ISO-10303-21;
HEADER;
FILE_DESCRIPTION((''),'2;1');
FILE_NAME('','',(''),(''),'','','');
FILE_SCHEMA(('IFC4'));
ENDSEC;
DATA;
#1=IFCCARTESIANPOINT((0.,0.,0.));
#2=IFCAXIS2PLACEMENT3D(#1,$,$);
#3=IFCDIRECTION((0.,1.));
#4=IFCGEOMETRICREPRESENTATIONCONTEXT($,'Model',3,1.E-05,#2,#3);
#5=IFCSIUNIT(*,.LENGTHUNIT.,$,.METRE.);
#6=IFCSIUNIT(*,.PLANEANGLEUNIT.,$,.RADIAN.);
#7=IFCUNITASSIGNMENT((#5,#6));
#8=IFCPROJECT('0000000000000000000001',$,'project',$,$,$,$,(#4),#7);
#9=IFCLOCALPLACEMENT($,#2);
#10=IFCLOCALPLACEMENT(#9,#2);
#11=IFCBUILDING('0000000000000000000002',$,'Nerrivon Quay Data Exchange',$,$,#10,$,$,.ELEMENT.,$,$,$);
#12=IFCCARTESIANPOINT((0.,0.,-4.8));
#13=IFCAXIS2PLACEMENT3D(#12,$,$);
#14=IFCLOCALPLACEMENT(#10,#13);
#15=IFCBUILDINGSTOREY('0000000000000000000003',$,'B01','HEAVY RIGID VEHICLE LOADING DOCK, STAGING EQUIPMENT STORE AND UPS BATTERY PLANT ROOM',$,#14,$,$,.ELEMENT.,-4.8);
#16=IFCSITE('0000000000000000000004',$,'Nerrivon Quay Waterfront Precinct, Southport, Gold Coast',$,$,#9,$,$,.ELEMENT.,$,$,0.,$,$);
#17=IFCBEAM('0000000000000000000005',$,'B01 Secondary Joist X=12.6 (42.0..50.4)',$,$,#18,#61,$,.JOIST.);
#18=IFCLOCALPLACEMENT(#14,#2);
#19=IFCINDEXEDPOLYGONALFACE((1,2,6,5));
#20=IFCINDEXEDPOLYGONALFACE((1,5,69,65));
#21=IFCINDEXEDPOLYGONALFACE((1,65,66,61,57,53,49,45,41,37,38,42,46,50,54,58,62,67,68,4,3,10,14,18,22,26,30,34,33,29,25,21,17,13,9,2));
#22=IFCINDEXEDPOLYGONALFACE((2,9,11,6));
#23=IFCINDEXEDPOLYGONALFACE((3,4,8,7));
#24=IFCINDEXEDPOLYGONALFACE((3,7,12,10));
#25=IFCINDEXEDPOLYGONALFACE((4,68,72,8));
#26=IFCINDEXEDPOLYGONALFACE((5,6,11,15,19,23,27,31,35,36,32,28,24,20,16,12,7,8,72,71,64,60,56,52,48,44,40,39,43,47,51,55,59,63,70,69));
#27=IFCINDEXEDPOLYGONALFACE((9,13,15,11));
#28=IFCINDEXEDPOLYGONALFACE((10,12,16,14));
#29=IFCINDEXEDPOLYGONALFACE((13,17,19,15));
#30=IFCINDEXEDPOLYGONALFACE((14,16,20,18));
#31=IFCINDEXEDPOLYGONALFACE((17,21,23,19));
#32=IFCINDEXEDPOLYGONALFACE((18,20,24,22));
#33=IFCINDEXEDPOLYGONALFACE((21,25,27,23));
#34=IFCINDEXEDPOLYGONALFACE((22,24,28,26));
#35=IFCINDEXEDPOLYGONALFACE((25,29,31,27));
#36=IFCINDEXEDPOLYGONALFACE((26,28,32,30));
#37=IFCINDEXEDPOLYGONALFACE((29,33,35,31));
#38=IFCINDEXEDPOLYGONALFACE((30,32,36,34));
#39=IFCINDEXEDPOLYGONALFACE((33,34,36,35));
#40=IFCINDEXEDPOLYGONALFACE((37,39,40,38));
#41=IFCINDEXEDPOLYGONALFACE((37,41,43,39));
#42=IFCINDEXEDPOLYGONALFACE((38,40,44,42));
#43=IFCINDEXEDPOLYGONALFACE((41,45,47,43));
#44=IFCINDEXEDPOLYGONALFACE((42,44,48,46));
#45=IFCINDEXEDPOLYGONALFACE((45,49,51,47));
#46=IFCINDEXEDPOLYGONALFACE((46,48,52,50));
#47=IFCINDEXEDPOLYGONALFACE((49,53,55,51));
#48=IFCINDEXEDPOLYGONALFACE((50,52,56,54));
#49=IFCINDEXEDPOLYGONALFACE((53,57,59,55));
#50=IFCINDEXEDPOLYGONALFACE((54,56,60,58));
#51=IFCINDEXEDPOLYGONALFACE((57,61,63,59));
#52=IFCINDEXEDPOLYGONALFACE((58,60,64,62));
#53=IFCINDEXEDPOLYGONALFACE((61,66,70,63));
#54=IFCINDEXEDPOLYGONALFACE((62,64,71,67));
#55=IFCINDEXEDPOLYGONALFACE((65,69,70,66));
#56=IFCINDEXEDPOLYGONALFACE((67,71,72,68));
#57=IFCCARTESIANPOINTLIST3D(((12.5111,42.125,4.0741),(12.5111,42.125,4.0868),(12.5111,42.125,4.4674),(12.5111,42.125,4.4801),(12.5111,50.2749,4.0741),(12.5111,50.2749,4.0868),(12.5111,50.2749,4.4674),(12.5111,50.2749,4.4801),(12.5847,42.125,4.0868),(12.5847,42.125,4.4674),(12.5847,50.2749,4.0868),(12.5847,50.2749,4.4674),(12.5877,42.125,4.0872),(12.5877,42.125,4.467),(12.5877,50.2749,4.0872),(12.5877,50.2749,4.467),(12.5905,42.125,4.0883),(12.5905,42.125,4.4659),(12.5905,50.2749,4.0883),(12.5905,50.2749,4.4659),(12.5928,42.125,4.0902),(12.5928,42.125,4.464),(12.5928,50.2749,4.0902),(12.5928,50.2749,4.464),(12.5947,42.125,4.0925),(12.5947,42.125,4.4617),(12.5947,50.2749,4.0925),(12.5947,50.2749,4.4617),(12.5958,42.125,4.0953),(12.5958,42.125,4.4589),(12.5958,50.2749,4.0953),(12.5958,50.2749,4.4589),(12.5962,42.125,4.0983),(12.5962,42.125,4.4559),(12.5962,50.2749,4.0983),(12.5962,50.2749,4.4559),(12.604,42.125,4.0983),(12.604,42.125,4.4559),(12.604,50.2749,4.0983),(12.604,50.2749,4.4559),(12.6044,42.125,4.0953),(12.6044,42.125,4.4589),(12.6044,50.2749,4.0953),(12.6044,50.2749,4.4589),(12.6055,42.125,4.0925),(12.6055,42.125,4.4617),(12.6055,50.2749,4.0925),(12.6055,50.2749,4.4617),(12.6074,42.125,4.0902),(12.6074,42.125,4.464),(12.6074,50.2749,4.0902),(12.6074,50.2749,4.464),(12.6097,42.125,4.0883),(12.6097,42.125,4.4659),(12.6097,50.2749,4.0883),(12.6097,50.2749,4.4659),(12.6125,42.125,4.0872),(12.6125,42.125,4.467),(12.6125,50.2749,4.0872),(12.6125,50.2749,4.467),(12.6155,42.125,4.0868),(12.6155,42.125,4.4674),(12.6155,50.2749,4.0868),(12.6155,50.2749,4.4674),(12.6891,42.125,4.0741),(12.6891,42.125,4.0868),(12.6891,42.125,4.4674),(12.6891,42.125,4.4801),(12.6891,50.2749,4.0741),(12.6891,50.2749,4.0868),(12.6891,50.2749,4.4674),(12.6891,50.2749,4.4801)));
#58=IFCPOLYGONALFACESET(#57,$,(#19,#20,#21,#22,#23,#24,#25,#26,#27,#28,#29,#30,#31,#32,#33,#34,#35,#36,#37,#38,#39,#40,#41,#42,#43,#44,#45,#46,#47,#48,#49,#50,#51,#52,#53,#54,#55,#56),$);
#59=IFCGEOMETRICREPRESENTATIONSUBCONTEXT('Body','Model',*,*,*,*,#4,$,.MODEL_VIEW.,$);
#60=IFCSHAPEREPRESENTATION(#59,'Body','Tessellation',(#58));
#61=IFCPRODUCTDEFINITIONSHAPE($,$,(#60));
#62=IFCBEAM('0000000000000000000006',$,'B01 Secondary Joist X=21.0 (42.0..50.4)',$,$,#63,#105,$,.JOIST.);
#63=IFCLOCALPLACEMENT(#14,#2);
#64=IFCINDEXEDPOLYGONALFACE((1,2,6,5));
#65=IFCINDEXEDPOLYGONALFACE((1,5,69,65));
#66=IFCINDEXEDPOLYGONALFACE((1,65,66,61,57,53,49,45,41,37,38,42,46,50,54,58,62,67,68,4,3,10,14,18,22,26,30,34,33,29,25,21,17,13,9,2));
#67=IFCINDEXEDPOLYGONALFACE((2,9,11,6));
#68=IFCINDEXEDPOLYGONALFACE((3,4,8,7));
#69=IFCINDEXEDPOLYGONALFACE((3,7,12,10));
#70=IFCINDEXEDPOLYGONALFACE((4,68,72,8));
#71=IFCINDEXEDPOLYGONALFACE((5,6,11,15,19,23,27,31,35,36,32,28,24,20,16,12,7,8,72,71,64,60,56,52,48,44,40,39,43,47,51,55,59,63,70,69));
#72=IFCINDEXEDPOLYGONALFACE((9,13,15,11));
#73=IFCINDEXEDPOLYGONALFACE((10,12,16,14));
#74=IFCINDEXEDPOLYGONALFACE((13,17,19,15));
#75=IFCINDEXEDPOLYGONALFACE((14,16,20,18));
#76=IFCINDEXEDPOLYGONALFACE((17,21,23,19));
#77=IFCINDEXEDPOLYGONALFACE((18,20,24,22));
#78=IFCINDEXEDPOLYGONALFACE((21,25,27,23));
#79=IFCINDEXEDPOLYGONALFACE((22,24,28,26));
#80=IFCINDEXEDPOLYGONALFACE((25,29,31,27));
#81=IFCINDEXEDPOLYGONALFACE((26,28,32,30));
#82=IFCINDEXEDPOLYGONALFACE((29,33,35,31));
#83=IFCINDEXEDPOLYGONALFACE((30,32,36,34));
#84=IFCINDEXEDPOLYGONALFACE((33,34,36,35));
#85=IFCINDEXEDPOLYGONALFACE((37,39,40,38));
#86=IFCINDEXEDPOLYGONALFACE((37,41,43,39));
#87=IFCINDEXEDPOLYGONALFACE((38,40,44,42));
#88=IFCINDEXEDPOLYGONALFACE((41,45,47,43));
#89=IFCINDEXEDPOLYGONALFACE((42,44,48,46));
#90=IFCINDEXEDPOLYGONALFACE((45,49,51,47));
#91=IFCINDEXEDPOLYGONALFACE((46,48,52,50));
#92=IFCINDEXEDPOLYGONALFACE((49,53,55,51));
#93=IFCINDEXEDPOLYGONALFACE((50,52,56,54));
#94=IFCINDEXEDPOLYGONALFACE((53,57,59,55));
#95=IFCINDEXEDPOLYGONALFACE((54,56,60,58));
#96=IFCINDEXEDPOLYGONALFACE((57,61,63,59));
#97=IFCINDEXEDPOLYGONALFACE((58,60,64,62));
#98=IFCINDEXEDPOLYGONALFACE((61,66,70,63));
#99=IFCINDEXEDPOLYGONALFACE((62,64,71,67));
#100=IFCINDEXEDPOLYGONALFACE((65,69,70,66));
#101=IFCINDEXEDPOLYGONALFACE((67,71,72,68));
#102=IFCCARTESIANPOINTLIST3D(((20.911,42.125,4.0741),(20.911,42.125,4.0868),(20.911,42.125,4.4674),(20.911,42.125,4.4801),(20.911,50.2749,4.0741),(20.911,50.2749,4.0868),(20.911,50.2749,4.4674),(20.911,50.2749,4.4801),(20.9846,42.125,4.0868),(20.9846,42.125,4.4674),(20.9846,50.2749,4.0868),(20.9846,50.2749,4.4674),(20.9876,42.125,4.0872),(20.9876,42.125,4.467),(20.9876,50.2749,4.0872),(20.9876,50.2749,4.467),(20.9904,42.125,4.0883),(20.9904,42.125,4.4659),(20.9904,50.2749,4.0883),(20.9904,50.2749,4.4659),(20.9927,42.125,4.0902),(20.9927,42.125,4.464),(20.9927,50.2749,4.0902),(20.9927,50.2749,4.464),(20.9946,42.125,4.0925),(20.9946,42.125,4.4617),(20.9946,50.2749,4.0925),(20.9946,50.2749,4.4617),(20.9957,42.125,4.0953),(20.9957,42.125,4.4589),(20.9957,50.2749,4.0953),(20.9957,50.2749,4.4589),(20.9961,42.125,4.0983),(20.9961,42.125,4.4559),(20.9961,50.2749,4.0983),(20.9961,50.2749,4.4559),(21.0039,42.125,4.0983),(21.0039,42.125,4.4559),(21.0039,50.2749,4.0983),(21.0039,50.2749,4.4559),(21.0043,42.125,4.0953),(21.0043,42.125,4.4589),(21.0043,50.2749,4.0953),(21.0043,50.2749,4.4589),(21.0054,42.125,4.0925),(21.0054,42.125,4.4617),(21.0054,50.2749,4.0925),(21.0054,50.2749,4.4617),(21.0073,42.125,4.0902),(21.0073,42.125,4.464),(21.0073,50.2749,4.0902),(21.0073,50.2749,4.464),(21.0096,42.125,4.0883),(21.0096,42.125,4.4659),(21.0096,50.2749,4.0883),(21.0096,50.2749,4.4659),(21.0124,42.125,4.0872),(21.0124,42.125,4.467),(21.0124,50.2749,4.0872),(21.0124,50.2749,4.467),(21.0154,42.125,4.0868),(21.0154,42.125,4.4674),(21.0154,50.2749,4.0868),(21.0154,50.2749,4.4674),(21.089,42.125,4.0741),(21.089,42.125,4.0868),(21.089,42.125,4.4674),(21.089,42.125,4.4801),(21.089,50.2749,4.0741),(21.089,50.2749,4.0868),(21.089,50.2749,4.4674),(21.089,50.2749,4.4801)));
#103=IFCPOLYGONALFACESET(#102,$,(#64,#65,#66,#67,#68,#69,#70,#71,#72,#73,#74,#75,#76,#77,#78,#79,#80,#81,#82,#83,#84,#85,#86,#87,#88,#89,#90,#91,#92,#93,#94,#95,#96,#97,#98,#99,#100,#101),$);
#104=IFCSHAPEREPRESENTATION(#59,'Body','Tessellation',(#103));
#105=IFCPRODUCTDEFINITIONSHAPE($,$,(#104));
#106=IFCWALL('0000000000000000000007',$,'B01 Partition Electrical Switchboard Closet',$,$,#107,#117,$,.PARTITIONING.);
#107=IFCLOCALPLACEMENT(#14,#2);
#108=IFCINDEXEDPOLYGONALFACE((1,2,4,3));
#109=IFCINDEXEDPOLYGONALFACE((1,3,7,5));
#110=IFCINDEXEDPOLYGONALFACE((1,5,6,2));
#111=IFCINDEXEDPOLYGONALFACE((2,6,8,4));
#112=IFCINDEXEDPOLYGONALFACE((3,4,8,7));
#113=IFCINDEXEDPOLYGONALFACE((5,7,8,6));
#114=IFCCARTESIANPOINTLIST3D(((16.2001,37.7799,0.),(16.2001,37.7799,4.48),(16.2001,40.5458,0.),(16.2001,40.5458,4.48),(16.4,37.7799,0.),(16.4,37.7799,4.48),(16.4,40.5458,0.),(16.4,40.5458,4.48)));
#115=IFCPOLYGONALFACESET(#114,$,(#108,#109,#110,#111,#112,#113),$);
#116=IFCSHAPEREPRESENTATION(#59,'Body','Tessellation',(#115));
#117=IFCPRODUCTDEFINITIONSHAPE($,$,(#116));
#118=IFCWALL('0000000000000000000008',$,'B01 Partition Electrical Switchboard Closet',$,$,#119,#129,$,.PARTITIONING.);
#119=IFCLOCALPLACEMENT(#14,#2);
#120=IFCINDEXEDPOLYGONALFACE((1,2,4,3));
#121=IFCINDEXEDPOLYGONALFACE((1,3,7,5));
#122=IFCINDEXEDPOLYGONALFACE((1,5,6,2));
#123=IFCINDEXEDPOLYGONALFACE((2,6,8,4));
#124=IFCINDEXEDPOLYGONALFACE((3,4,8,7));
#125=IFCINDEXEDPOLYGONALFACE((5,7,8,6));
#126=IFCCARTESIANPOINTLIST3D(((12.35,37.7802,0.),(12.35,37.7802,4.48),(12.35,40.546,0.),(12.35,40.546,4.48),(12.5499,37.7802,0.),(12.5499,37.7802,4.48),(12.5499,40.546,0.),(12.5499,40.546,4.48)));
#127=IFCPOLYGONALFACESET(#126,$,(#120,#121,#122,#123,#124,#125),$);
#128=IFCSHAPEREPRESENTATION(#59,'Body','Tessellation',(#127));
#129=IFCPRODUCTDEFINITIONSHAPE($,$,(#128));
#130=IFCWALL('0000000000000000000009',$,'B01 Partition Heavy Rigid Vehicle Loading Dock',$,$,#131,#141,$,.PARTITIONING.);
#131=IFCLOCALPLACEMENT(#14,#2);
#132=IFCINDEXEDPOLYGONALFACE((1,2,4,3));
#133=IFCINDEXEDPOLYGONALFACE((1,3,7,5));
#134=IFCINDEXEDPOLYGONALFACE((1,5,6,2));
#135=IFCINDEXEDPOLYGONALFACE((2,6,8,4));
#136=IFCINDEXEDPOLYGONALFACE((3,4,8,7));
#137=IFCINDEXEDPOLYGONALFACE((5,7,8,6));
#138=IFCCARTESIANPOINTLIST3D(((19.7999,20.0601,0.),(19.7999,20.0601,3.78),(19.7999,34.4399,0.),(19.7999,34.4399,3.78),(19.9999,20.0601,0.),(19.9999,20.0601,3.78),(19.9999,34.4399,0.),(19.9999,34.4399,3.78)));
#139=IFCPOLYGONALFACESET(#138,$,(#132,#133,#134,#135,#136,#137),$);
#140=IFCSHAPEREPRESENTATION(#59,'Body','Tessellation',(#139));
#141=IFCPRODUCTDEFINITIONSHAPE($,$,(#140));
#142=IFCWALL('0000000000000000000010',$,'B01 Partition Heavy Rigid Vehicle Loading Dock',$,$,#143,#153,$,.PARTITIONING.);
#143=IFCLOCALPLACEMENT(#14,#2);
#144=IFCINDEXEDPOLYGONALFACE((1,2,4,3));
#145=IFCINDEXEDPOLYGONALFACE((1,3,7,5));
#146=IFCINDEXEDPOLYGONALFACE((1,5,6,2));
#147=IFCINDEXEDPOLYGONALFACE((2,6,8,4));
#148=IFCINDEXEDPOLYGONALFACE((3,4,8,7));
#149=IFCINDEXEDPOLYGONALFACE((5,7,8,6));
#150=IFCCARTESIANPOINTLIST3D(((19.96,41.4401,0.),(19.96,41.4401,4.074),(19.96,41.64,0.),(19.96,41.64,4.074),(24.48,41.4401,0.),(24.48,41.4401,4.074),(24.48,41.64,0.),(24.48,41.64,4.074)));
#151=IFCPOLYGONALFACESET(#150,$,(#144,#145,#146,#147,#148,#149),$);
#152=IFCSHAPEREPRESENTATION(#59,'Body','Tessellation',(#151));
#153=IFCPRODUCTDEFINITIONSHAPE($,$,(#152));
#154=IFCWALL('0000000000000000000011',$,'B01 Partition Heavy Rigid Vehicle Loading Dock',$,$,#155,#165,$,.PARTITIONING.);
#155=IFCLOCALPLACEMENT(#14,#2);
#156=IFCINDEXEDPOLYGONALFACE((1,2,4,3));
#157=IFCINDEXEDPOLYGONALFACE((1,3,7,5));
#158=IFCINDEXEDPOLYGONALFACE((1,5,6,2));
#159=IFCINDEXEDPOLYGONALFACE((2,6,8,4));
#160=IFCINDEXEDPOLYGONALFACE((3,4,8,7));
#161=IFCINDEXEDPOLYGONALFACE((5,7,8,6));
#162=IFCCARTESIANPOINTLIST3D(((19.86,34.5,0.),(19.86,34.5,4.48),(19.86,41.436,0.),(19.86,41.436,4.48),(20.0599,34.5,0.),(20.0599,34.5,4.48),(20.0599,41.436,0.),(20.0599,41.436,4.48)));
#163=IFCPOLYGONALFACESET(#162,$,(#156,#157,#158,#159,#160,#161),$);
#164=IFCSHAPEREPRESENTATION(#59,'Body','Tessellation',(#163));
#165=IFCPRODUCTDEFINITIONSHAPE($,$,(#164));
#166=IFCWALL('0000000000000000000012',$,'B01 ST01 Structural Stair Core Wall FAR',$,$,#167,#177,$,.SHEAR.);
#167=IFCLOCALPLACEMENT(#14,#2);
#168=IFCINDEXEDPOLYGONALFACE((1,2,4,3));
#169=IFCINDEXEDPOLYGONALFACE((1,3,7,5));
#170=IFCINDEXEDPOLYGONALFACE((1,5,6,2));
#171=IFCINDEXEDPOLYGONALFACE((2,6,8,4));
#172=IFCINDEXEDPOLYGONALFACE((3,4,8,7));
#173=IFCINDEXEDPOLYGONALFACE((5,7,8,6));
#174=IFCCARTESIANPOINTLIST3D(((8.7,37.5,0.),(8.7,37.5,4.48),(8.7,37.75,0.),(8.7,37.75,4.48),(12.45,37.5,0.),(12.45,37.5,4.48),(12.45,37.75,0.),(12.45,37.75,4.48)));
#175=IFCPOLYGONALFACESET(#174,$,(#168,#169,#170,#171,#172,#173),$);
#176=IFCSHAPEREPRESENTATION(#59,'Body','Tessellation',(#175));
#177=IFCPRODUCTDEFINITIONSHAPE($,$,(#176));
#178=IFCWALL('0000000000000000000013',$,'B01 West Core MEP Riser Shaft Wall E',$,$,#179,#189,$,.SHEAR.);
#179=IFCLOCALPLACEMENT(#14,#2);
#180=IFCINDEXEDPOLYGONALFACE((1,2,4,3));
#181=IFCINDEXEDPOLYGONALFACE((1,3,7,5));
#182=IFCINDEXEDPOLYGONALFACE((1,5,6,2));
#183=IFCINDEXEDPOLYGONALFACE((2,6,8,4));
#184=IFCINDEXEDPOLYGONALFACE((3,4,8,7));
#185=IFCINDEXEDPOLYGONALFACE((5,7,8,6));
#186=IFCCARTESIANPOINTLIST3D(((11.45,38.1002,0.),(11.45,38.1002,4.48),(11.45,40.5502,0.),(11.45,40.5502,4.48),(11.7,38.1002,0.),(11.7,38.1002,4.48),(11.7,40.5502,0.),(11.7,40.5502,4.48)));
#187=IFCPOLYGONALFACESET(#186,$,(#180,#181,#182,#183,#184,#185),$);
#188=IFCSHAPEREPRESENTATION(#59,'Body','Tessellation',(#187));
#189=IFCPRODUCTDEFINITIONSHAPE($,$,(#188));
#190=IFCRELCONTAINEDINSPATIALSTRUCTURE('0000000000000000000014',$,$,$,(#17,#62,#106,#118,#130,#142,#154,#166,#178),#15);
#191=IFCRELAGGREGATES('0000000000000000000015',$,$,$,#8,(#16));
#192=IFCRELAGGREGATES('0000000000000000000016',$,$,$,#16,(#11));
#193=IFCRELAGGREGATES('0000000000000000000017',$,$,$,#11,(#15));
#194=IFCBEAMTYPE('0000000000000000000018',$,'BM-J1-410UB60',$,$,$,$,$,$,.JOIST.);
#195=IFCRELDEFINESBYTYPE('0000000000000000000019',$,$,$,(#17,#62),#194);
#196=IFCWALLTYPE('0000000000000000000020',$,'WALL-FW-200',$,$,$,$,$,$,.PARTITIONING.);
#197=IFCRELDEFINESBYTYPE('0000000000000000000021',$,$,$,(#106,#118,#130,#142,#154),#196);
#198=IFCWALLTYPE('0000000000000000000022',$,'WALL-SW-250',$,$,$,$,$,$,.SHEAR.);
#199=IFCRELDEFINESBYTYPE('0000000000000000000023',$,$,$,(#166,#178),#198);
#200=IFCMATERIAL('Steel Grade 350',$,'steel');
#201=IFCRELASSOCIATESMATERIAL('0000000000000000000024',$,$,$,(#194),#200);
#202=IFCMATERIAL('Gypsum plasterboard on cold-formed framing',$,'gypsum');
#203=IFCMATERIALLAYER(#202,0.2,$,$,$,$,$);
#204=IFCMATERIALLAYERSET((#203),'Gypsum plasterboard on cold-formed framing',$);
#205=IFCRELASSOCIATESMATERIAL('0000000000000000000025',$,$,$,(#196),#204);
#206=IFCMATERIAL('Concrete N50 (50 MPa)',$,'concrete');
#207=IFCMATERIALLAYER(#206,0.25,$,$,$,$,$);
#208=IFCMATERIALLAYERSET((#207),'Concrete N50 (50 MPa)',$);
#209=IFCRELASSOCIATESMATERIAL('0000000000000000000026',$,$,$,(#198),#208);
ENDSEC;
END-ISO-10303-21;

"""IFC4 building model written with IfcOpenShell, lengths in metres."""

from ifc_helpers import new_model, si_unit, direction, frame, frame_2d, origin, origin_2d, place, context, subcontext, project, spatial, rectangle, i_section, extrude, material, layer, layer_set, material_profile, profile_set, type_object, element, save


model = new_model("IFC4")

# Units and contexts
model_context = context("Model", 3, precision=1e-05, world=origin(), true_north=direction((0.0, 1.0)))
body_context = subcontext(model_context, "Body", "Model", "MODEL_VIEW")
ifc_project = project(units=[si_unit("LENGTHUNIT", "METRE"), si_unit("PLANEANGLEUNIT", "RADIAN")], contexts=[model_context])

# Site, building, storey
site_placement = place(None, origin())
site = spatial("IfcSite", under=ifc_project, at=site_placement, Name="Nerrivon Quay Waterfront Precinct, Southport, Gold Coast", CompositionType="ELEMENT", RefElevation=0.0)
building_placement = place(site_placement, origin())
building = spatial("IfcBuilding", under=site, at=building_placement, Name="Nerrivon Quay Data Exchange", CompositionType="ELEMENT")
storey_placement = place(building_placement, frame((0.0, 0.0, -4.8)))
storey = spatial("IfcBuildingStorey", under=building, at=storey_placement, Name="B01", Description="HEAVY RIGID VEHICLE LOADING DOCK, STAGING EQUIPMENT STORE AND UPS BATTERY PLANT ROOM", CompositionType="ELEMENT", Elevation=-4.8)

# Beams
ifc_material_1 = material(Name="Steel Grade 350", Category="steel")
ifc_material_profile_1 = material_profile(ifc_material_1, i_section(OverallWidth=0.178, OverallDepth=0.406, WebThickness=0.0078, FlangeThickness=0.0127, FilletRadius=0.0115, at=origin_2d()), Name="410UB59.7")
ifc_profile_set_1 = profile_set([ifc_material_profile_1], Name="Steel Grade 350")
beam_type_1 = type_object("IfcBeamType", Name="BM-J1-410UB60", PredefinedType="JOIST", material=ifc_profile_set_1)
for number, where, z_axis, x_axis, name in (
    (1, (12.6001, 42.125, 4.2771), (0.0, 1.0, 0.0), (-1.0, 0.0, 0.0), "B01 Secondary Joist X=12.6 (42.0..50.4)"),
    (2, (21.0, 42.125, 4.2771), (0.0, 1.0, 0.0), (-1.0, 0.0, 0.0), "B01 Secondary Joist X=21.0 (42.0..50.4)"),
):
    element("IfcBeam", number, at=place(storey_placement, frame(where, z_axis=z_axis, x_axis=x_axis)), inside=storey, type_object=beam_type_1, Name=name, PredefinedType="JOIST", context=body_context, shape_type="SweptSolid", body=[
        extrude(i_section(OverallWidth=0.178, OverallDepth=0.406, WebThickness=0.0078, FlangeThickness=0.0127, FilletRadius=0.0115, at=origin_2d()), origin(), (0.0, 0.0, 1.0), 8.1499),
    ])

# Walls
ifc_material_2 = material(Name="Gypsum plasterboard on cold-formed framing", Category="gypsum")
ifc_layer_1 = layer(ifc_material_2, 0.2)
ifc_layer_set_1 = layer_set([ifc_layer_1], Name="Gypsum plasterboard on cold-formed framing")
wall_type_1 = type_object("IfcWallType", Name="WALL-FW-200", PredefinedType="PARTITIONING", material=ifc_layer_set_1)
for number, where, z_axis, x_axis, name in (
    (3, (16.3, 37.78, 0.0), (0.0, 0.0, 1.0), (0.0, 1.0, 0.0), "B01 Partition Electrical Switchboard Closet"),
    (4, (12.45, 40.5459, 0.0), (0.0, 0.0, 1.0), (0.0, -1.0, 0.0), "B01 Partition Electrical Switchboard Closet"),
):
    element("IfcWall", number, at=place(storey_placement, frame(where, z_axis=z_axis, x_axis=x_axis)), inside=storey, type_object=wall_type_1, Name=name, PredefinedType="PARTITIONING", context=body_context, shape_type="SweptSolid", body=[
        extrude(rectangle(XDim=2.7659, YDim=0.2, at=frame_2d((1.3828, 0.0))), origin(), (0.0, 0.0, 1.0), 4.48),
    ])
wall_1_placement = place(storey_placement, frame((19.8999, 34.4399, 0.0), z_axis=(0.0, 0.0, 1.0), x_axis=(0.0, -1.0, 0.0)))
element("IfcWall", 5, at=wall_1_placement, inside=storey, type_object=wall_type_1, Name="B01 Partition Heavy Rigid Vehicle Loading Dock", PredefinedType="PARTITIONING", context=body_context, shape_type="SweptSolid", body=[
    extrude(rectangle(XDim=14.3799, YDim=0.2, at=frame_2d((7.1899, 0.0))), origin(), (0.0, 0.0, 1.0), 3.78),
])
wall_2_placement = place(storey_placement, frame((24.48, 41.54, 0.0), z_axis=(0.0, 0.0, 1.0), x_axis=(-1.0, 0.0, 0.0)))
element("IfcWall", 6, at=wall_2_placement, inside=storey, type_object=wall_type_1, Name="B01 Partition Heavy Rigid Vehicle Loading Dock", PredefinedType="PARTITIONING", context=body_context, shape_type="SweptSolid", body=[
    extrude(rectangle(XDim=4.52, YDim=0.2, at=frame_2d((2.26, 0.0))), origin(), (0.0, 0.0, 1.0), 4.074),
])
wall_3_placement = place(storey_placement, frame((19.96, 41.436, 0.0), z_axis=(0.0, 0.0, 1.0), x_axis=(0.0, -1.0, 0.0)))
element("IfcWall", 7, at=wall_3_placement, inside=storey, type_object=wall_type_1, Name="B01 Partition Heavy Rigid Vehicle Loading Dock", PredefinedType="PARTITIONING", context=body_context, shape_type="SweptSolid", body=[
    extrude(rectangle(XDim=6.936, YDim=0.2, at=frame_2d((3.468, 0.0))), origin(), (0.0, 0.0, 1.0), 4.48),
])
ifc_material_3 = material(Name="Concrete N50 (50 MPa)", Category="concrete")
ifc_layer_2 = layer(ifc_material_3, 0.25)
ifc_layer_set_2 = layer_set([ifc_layer_2], Name="Concrete N50 (50 MPa)")
wall_type_2 = type_object("IfcWallType", Name="WALL-SW-250", PredefinedType="SHEAR", material=ifc_layer_set_2)
wall_4_placement = place(storey_placement, frame((12.45, 37.625, 0.0), z_axis=(0.0, 0.0, 1.0), x_axis=(-1.0, 0.0, 0.0)))
element("IfcWall", 8, at=wall_4_placement, inside=storey, type_object=wall_type_2, Name="B01 ST01 Structural Stair Core Wall FAR", PredefinedType="SHEAR", context=body_context, shape_type="SweptSolid", body=[
    extrude(rectangle(XDim=3.75, YDim=0.25, at=frame_2d((1.875, 0.0))), origin(), (0.0, 0.0, 1.0), 4.48),
])
wall_5_placement = place(storey_placement, frame((11.575, 38.1001, 0.0), z_axis=(0.0, 0.0, 1.0), x_axis=(0.0, 1.0, 0.0)))
element("IfcWall", 9, at=wall_5_placement, inside=storey, type_object=wall_type_2, Name="B01 West Core MEP Riser Shaft Wall E", PredefinedType="SHEAR", context=body_context, shape_type="SweptSolid", body=[
    extrude(rectangle(XDim=2.45, YDim=0.25, at=frame_2d((1.2251, 0.0))), origin(), (0.0, 0.0, 1.0), 4.48),
])

save(model, "model.ifc")
